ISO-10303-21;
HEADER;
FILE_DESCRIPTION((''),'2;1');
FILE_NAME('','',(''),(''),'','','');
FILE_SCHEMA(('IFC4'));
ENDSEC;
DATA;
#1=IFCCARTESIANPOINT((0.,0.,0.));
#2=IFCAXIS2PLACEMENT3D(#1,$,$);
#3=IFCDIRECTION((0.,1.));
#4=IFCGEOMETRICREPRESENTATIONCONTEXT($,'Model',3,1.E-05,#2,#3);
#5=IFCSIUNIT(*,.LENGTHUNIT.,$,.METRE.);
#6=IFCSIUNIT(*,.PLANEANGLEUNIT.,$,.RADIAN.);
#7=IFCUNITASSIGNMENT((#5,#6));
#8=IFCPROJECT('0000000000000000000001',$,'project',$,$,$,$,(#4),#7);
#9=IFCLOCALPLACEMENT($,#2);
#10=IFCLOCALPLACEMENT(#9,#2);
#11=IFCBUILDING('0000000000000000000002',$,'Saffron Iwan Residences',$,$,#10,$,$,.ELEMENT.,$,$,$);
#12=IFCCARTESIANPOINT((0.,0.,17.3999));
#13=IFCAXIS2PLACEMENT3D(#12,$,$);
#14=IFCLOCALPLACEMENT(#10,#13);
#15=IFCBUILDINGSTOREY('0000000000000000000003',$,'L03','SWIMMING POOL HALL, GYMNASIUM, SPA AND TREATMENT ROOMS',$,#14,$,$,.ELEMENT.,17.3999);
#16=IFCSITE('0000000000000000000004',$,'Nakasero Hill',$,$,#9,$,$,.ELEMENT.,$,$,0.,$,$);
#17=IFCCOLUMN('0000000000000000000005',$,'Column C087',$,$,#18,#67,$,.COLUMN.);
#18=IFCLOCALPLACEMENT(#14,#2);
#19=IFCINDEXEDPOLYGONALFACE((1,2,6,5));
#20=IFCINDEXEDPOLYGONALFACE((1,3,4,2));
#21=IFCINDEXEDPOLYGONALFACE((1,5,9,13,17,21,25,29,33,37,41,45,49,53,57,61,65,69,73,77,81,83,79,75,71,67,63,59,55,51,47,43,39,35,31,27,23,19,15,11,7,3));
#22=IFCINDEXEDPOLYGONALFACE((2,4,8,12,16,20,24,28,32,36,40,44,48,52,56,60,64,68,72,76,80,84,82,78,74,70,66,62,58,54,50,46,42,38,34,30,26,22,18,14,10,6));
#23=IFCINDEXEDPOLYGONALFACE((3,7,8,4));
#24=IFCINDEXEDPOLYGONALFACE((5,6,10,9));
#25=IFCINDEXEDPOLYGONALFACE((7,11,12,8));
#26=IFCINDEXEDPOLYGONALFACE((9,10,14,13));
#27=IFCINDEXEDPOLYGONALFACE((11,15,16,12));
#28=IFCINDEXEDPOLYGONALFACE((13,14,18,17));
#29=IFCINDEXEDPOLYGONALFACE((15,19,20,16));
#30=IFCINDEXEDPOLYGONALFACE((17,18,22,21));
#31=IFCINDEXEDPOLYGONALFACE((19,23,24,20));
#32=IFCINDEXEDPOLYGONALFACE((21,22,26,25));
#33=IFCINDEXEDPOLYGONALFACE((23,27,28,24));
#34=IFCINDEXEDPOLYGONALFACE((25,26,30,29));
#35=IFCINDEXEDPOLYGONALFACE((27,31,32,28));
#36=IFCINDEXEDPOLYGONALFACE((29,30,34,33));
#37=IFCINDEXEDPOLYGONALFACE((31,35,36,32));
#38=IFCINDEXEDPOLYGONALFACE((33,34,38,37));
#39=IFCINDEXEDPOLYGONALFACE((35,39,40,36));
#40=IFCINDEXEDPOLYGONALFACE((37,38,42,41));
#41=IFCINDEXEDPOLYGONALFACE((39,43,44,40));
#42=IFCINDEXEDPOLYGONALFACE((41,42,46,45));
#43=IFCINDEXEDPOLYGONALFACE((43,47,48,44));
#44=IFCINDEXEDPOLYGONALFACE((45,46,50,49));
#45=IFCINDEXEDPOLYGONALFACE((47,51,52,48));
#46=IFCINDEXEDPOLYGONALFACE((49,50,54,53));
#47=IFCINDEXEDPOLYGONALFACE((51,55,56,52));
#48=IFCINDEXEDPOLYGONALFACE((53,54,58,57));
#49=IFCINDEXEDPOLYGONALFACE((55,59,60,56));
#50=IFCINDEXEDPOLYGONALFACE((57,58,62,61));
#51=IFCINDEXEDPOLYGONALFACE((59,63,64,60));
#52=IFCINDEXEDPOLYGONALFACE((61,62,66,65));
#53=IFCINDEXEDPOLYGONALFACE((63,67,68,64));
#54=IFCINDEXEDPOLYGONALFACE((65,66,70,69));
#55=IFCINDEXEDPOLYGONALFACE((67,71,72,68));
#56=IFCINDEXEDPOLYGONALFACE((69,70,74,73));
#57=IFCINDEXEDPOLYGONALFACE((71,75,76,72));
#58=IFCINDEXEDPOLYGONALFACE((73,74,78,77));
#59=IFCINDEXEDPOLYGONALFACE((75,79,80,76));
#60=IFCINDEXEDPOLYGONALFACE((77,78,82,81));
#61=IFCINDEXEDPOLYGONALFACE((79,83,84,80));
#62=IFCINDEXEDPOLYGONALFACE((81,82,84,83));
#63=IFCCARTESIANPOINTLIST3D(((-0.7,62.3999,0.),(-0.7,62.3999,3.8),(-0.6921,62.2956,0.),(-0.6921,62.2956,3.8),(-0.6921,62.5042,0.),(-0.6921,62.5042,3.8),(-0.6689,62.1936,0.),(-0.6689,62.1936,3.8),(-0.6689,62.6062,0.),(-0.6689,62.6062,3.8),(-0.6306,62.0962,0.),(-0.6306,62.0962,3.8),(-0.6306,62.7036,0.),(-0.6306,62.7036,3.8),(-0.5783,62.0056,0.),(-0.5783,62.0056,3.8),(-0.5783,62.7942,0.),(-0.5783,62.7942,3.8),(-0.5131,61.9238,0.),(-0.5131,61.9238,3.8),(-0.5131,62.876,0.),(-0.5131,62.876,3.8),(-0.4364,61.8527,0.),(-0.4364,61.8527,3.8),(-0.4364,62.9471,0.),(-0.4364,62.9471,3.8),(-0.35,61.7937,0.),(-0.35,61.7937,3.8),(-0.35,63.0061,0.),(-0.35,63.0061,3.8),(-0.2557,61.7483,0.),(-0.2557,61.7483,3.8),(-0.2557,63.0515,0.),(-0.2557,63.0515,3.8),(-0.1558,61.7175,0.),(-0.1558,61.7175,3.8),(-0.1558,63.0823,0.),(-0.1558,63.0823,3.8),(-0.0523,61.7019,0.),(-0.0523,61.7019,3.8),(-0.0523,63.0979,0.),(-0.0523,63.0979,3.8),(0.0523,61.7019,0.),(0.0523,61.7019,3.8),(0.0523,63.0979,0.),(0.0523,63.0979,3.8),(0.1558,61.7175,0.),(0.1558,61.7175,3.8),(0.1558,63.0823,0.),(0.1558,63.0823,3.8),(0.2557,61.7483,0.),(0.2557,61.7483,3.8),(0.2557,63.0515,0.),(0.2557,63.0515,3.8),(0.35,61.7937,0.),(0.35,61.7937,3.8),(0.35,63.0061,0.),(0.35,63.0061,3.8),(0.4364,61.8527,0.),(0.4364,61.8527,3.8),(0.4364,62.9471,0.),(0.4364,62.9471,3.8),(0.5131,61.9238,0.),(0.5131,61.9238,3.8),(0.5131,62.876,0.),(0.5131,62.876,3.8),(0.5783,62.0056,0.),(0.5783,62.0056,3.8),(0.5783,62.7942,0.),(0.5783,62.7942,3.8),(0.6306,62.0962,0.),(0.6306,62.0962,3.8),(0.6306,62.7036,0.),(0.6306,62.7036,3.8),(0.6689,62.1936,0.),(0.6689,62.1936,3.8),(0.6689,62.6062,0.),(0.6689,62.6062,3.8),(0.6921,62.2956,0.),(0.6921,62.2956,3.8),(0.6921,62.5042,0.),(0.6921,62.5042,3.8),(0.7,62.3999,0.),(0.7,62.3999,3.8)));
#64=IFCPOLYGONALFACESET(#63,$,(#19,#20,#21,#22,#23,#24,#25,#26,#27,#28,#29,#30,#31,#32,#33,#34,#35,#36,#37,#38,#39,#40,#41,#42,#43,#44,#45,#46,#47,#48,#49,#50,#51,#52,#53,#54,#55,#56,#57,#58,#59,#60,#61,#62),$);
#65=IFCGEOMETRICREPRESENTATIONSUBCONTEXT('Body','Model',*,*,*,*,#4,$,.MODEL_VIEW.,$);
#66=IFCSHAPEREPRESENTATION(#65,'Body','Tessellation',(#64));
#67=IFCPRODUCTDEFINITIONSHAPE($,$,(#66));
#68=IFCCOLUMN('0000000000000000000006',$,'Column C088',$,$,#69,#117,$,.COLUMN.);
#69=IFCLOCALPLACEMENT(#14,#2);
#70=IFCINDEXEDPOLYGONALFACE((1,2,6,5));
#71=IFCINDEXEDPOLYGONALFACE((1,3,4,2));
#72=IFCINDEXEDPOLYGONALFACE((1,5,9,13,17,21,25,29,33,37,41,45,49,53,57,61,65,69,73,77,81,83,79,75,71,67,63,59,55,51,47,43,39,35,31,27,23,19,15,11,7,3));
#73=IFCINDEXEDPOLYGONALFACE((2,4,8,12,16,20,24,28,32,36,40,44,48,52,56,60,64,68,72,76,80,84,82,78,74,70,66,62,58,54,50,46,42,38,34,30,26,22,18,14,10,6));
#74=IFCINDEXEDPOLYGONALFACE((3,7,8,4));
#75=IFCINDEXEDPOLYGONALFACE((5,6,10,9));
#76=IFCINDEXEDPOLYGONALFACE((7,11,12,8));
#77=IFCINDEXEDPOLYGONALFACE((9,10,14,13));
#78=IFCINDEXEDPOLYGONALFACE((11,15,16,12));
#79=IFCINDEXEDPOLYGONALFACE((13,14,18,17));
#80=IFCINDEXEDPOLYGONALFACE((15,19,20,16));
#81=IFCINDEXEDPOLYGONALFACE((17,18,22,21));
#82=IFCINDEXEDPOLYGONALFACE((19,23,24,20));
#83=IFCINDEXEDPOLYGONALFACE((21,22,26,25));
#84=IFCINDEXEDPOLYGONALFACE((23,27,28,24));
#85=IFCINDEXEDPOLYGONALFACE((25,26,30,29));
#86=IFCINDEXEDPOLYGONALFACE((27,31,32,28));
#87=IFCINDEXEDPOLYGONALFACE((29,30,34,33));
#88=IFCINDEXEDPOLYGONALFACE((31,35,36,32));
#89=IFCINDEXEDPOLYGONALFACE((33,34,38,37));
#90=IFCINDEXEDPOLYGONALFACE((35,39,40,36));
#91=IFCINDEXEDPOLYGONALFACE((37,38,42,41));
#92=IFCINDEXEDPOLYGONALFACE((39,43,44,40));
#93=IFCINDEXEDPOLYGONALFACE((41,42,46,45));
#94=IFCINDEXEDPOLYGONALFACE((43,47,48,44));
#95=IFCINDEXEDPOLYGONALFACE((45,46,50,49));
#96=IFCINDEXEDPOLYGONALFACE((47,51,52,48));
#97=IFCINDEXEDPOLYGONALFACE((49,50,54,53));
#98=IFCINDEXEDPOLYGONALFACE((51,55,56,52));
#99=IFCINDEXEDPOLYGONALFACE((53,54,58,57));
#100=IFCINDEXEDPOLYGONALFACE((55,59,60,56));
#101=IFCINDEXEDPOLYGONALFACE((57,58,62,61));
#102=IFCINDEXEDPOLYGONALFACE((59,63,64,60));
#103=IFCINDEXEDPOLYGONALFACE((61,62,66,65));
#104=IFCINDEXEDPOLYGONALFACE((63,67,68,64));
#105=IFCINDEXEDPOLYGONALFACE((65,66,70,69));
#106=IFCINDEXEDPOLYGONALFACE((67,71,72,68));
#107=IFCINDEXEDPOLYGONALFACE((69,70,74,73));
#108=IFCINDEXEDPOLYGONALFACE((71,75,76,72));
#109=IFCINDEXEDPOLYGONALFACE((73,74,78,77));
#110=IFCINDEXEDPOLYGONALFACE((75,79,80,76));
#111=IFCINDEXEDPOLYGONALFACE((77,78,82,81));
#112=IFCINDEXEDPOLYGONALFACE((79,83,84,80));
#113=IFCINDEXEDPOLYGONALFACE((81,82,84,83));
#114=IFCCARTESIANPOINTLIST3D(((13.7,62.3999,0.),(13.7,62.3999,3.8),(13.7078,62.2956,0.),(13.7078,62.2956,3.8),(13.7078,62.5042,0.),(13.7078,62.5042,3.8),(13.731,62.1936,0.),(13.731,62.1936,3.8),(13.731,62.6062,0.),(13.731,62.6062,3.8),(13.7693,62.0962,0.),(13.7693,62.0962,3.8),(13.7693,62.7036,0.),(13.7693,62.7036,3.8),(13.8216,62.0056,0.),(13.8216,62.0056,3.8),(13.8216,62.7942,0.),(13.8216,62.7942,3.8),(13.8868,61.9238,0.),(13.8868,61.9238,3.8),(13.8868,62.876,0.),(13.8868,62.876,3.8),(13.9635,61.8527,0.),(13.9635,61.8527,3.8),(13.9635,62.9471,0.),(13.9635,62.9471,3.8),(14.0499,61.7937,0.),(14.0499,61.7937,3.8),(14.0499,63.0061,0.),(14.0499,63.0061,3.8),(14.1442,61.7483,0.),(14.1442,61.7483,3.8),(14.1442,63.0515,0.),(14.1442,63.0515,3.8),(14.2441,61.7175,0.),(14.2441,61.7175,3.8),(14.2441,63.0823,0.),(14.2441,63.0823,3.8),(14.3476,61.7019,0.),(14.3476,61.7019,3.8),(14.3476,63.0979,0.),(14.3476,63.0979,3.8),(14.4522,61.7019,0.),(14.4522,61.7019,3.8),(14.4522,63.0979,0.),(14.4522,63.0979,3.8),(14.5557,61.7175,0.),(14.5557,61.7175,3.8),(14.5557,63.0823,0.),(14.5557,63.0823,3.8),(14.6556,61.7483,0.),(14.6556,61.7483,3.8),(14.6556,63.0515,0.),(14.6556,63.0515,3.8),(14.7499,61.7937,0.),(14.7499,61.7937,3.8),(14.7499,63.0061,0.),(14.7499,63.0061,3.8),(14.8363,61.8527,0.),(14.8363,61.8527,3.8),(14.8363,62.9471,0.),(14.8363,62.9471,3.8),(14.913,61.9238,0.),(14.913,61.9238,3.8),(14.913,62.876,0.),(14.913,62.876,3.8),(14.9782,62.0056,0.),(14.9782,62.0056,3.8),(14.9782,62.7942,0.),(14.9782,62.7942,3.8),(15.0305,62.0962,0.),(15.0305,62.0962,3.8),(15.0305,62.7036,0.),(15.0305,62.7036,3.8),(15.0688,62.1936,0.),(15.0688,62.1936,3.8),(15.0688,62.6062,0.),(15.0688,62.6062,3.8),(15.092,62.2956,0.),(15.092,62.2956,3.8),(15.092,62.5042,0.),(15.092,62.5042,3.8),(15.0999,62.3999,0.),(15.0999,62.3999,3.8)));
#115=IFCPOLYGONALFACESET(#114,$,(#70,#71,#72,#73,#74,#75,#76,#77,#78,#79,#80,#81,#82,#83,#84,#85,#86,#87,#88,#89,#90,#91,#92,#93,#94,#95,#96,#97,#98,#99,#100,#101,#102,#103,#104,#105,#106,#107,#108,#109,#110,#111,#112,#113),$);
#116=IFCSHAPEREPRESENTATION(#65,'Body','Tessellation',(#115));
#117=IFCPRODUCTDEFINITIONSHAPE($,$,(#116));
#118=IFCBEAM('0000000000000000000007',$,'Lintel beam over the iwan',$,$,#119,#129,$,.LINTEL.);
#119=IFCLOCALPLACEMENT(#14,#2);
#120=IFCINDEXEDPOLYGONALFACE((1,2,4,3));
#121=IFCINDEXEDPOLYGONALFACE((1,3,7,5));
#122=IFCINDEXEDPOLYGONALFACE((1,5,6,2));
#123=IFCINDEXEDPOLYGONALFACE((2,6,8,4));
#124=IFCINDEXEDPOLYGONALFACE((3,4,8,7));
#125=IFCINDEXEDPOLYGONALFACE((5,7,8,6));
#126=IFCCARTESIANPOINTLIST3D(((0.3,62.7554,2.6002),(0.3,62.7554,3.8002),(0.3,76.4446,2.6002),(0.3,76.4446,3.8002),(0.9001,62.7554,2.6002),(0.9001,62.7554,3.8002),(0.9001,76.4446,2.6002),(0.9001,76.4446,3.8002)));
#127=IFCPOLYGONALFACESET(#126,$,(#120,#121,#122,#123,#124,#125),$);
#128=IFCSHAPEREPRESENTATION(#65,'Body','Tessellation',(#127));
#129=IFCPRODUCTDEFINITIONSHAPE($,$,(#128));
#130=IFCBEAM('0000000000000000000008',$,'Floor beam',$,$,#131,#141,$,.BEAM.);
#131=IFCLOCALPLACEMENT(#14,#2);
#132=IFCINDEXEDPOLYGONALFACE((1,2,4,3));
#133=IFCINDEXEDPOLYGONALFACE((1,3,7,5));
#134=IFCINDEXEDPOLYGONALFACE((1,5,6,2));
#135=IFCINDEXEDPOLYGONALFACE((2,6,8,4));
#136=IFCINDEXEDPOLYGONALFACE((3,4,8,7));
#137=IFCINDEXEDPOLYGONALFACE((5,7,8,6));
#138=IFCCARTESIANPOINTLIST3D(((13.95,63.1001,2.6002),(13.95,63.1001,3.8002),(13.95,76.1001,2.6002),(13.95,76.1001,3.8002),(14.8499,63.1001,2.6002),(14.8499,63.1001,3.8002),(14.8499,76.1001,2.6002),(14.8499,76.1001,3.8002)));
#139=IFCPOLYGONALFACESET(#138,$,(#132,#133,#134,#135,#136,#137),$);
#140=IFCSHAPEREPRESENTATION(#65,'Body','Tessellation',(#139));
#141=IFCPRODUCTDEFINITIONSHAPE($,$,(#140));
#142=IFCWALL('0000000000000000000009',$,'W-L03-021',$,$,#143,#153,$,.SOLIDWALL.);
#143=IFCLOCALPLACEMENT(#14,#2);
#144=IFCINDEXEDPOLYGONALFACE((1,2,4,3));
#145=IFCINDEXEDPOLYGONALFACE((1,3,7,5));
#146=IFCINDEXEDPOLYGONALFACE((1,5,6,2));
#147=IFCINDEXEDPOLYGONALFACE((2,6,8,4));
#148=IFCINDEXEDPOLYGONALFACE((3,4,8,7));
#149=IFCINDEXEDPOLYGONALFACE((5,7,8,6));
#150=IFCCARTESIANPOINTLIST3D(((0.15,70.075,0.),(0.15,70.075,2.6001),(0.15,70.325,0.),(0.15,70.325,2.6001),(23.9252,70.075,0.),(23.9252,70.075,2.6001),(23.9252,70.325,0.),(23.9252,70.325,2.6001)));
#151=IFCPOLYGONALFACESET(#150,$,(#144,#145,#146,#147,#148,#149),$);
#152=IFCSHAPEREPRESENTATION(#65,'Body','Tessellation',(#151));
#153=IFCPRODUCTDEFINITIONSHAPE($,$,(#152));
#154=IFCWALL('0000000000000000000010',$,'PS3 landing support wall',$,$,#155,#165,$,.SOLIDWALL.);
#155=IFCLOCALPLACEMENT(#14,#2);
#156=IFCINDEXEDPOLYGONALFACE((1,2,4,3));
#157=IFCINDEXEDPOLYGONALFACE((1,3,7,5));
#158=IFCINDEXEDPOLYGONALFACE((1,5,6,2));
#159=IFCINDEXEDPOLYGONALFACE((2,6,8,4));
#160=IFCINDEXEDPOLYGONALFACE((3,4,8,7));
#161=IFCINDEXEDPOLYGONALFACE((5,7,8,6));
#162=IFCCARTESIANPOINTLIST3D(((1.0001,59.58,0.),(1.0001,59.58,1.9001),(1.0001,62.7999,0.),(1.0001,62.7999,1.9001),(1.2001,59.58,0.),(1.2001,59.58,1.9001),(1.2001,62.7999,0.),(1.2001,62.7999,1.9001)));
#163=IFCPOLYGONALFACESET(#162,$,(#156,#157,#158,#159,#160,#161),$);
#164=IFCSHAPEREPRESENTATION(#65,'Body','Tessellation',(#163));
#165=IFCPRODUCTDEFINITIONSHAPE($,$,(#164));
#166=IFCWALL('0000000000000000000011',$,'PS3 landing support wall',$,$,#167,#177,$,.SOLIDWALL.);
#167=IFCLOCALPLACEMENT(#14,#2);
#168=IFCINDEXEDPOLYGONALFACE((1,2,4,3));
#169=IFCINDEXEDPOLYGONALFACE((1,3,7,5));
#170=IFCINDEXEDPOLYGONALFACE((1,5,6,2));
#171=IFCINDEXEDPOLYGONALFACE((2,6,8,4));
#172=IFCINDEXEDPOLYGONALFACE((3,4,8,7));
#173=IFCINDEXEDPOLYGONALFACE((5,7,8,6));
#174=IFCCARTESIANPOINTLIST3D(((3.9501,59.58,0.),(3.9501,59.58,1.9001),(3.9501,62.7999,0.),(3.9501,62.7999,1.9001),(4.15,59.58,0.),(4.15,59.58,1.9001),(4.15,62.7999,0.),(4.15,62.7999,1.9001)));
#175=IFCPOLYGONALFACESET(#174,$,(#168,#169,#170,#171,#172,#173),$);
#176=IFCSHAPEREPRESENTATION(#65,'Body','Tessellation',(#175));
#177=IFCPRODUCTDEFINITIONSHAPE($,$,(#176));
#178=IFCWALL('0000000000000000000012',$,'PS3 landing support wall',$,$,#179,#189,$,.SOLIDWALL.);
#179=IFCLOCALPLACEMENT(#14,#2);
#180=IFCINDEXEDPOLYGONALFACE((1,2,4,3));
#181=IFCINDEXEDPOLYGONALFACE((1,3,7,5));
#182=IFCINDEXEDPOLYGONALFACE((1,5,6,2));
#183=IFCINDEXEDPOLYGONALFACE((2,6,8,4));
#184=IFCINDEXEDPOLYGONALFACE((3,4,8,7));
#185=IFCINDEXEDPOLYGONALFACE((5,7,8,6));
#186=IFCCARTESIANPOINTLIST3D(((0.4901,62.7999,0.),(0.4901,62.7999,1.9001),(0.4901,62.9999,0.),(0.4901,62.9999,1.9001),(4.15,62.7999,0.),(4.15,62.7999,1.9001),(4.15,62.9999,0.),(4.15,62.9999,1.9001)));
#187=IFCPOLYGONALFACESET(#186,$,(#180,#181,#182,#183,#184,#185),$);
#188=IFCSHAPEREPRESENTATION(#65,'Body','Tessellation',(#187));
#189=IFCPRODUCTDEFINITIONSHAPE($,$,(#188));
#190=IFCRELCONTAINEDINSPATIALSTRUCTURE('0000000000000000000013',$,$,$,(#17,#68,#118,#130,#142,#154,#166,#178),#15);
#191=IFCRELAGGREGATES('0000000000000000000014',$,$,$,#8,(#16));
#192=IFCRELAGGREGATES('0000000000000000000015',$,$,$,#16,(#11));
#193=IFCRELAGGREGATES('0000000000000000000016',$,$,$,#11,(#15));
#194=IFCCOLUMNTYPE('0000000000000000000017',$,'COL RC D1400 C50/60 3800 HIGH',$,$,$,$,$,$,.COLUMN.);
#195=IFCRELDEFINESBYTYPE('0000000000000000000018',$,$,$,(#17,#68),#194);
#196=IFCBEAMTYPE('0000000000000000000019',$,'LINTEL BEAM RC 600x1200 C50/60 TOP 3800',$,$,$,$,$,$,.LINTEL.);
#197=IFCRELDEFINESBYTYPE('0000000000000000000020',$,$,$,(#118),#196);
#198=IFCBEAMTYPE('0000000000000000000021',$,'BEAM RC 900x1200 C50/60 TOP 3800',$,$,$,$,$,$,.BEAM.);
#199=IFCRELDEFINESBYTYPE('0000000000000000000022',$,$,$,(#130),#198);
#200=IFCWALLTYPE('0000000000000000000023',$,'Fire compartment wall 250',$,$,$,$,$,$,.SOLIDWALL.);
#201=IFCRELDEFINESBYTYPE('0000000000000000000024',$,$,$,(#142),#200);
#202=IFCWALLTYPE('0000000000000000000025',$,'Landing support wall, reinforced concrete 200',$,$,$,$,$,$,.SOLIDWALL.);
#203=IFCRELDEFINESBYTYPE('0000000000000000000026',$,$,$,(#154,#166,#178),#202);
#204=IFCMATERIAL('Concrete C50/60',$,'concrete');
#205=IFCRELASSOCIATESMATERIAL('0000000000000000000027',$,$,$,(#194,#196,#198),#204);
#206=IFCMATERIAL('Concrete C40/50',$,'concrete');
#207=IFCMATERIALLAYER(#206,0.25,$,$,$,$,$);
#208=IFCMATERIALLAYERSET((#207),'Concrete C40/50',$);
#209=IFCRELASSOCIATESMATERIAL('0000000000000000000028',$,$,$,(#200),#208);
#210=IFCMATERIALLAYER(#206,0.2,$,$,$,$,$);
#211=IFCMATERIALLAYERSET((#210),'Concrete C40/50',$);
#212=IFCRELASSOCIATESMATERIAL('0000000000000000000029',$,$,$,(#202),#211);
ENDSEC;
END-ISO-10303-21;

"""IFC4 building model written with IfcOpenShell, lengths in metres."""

from ifc_helpers import new_model, si_unit, direction, frame, frame_2d, origin, origin_2d, place, context, subcontext, project, spatial, rectangle, circle, extrude, source, transform, mapped, material, layer, layer_set, material_profile, profile_set, type_object, element, save


model = new_model("IFC4")

# Units and contexts
model_context = context("Model", 3, precision=1e-05, world=origin(), true_north=direction((0.0, 1.0)))
body_context = subcontext(model_context, "Body", "Model", "MODEL_VIEW")
ifc_project = project(units=[si_unit("LENGTHUNIT", "METRE"), si_unit("PLANEANGLEUNIT", "RADIAN")], contexts=[model_context])

# Site, building, storey
site_placement = place(None, origin())
site = spatial("IfcSite", under=ifc_project, at=site_placement, Name="Nakasero Hill", CompositionType="ELEMENT", RefElevation=0.0)
building_placement = place(site_placement, origin())
building = spatial("IfcBuilding", under=site, at=building_placement, Name="Saffron Iwan Residences", CompositionType="ELEMENT")
storey_placement = place(building_placement, frame((0.0, 0.0, 17.3999)))
storey = spatial("IfcBuildingStorey", under=building, at=storey_placement, Name="L03", Description="SWIMMING POOL HALL, GYMNASIUM, SPA AND TREATMENT ROOMS", CompositionType="ELEMENT", Elevation=17.3999)

# Columns
ifc_material_1 = material(Name="Concrete C50/60", Category="concrete")
ifc_material_profile_1 = material_profile(ifc_material_1, circle(Radius=0.7, at=origin_2d()), Name="RC D1400")
ifc_profile_set_1 = profile_set([ifc_material_profile_1], Name="Concrete C50/60")
column_type = type_object("IfcColumnType", Name="COL RC D1400 C50/60 3800 HIGH", PredefinedType="COLUMN", material=ifc_profile_set_1)
shared_shape_1 = source(origin(), body_context, "Body", "SweptSolid", [
    extrude(circle(Radius=0.7, at=origin_2d()), origin(), (0.0, 0.0, 1.0), 3.8),
])
for number, where, z_axis, x_axis, name in (
    (1, (0.0, 62.3999, 0.0), (0.0, 0.0, 1.0), (1.0, 0.0, 0.0), "Column C087"),
    (2, (14.3999, 62.3999, 0.0), (0.0, 0.0, 1.0), (1.0, 0.0, 0.0), "Column C088"),
):
    element("IfcColumn", number, at=place(storey_placement, frame(where, z_axis=z_axis, x_axis=x_axis)), inside=storey, type_object=column_type, Name=name, PredefinedType="COLUMN", context=body_context, shape_type="MappedRepresentation", body=[
        mapped(shared_shape_1, transform((0.0, 0.0, 0.0))),
    ])

# Beams
ifc_material_profile_2 = material_profile(ifc_material_1, rectangle(XDim=0.6001, YDim=1.2, at=origin_2d()), Name="RC 600x1200")
ifc_profile_set_2 = profile_set([ifc_material_profile_2], Name="Concrete C50/60")
beam_type_1 = type_object("IfcBeamType", Name="LINTEL BEAM RC 600x1200 C50/60 TOP 3800", PredefinedType="LINTEL", material=ifc_profile_set_2)
shared_shape_2 = source(origin(), body_context, "Body", "SweptSolid", [
    extrude(rectangle(XDim=0.6001, YDim=1.2, at=origin_2d()), origin(), (0.0, 0.0, 1.0), 13.6892),
])
beam_1_placement = place(storey_placement, frame((0.6001, 62.7554, 3.2002), z_axis=(0.0, 1.0, 0.0), x_axis=(-1.0, 0.0, 0.0)))
element("IfcBeam", 3, at=beam_1_placement, inside=storey, type_object=beam_type_1, Name="Lintel beam over the iwan", PredefinedType="LINTEL", context=body_context, shape_type="MappedRepresentation", body=[
    mapped(shared_shape_2, transform((0.0, 0.0, 0.0))),
])
ifc_material_profile_3 = material_profile(ifc_material_1, rectangle(XDim=0.8999, YDim=1.2, at=origin_2d()), Name="RC 900x1200")
ifc_profile_set_3 = profile_set([ifc_material_profile_3], Name="Concrete C50/60")
beam_type_2 = type_object("IfcBeamType", Name="BEAM RC 900x1200 C50/60 TOP 3800", PredefinedType="BEAM", material=ifc_profile_set_3)
shared_shape_3 = source(origin(), body_context, "Body", "SweptSolid", [
    extrude(rectangle(XDim=0.8999, YDim=1.2, at=origin_2d()), origin(), (0.0, 0.0, 1.0), 13.0),
])
beam_2_placement = place(storey_placement, frame((14.3999, 63.1001, 3.2002), z_axis=(0.0, 1.0, 0.0), x_axis=(-1.0, 0.0, 0.0)))
element("IfcBeam", 4, at=beam_2_placement, inside=storey, type_object=beam_type_2, Name="Floor beam", PredefinedType="BEAM", context=body_context, shape_type="MappedRepresentation", body=[
    mapped(shared_shape_3, transform((0.0, 0.0, 0.0))),
])

# Walls
ifc_material_2 = material(Name="Concrete C40/50", Category="concrete")
ifc_layer_1 = layer(ifc_material_2, 0.25)
ifc_layer_set_1 = layer_set([ifc_layer_1], Name="Concrete C40/50")
wall_type_1 = type_object("IfcWallType", Name="Fire compartment wall 250", PredefinedType="SOLIDWALL", material=ifc_layer_set_1)
wall_1_placement = place(storey_placement, frame((0.1499, 70.2, 0.0), z_axis=(0.0, 0.0, 1.0), x_axis=(1.0, 0.0, 0.0)))
element("IfcWall", 5, at=wall_1_placement, inside=storey, type_object=wall_type_1, Name="W-L03-021", PredefinedType="SOLIDWALL", context=body_context, shape_type="SweptSolid", body=[
    extrude(rectangle(XDim=23.7751, YDim=0.25, at=frame_2d((11.8877, 0.0))), origin(), (0.0, 0.0, 1.0), 2.6001),
])
ifc_layer_2 = layer(ifc_material_2, 0.2)
ifc_layer_set_2 = layer_set([ifc_layer_2], Name="Concrete C40/50")
wall_type_2 = type_object("IfcWallType", Name="Landing support wall, reinforced concrete 200", PredefinedType="SOLIDWALL", material=ifc_layer_set_2)
for number, where, z_axis, x_axis, name in (
    (6, (1.1001, 59.5801, 0.0), (0.0, 0.0, 1.0), (0.0, 1.0, 0.0), "PS3 landing support wall"),
    (7, (4.05, 59.5801, 0.0), (0.0, 0.0, 1.0), (0.0, 1.0, 0.0), "PS3 landing support wall"),
):
    element("IfcWall", number, at=place(storey_placement, frame(where, z_axis=z_axis, x_axis=x_axis)), inside=storey, type_object=wall_type_2, Name=name, PredefinedType="SOLIDWALL", context=body_context, shape_type="SweptSolid", body=[
        extrude(rectangle(XDim=3.22, YDim=0.2, at=frame_2d((1.6099, 0.0))), origin(), (0.0, 0.0, 1.0), 1.9001),
    ])
wall_2_placement = place(storey_placement, frame((0.49, 62.8999, 0.0), z_axis=(0.0, 0.0, 1.0), x_axis=(1.0, 0.0, 0.0)))
element("IfcWall", 8, at=wall_2_placement, inside=storey, type_object=wall_type_2, Name="PS3 landing support wall", PredefinedType="SOLIDWALL", context=body_context, shape_type="SweptSolid", body=[
    extrude(rectangle(XDim=3.6599, YDim=0.2, at=frame_2d((1.8301, 0.0))), origin(), (0.0, 0.0, 1.0), 1.9001),
])

save(model, "model.ifc")
